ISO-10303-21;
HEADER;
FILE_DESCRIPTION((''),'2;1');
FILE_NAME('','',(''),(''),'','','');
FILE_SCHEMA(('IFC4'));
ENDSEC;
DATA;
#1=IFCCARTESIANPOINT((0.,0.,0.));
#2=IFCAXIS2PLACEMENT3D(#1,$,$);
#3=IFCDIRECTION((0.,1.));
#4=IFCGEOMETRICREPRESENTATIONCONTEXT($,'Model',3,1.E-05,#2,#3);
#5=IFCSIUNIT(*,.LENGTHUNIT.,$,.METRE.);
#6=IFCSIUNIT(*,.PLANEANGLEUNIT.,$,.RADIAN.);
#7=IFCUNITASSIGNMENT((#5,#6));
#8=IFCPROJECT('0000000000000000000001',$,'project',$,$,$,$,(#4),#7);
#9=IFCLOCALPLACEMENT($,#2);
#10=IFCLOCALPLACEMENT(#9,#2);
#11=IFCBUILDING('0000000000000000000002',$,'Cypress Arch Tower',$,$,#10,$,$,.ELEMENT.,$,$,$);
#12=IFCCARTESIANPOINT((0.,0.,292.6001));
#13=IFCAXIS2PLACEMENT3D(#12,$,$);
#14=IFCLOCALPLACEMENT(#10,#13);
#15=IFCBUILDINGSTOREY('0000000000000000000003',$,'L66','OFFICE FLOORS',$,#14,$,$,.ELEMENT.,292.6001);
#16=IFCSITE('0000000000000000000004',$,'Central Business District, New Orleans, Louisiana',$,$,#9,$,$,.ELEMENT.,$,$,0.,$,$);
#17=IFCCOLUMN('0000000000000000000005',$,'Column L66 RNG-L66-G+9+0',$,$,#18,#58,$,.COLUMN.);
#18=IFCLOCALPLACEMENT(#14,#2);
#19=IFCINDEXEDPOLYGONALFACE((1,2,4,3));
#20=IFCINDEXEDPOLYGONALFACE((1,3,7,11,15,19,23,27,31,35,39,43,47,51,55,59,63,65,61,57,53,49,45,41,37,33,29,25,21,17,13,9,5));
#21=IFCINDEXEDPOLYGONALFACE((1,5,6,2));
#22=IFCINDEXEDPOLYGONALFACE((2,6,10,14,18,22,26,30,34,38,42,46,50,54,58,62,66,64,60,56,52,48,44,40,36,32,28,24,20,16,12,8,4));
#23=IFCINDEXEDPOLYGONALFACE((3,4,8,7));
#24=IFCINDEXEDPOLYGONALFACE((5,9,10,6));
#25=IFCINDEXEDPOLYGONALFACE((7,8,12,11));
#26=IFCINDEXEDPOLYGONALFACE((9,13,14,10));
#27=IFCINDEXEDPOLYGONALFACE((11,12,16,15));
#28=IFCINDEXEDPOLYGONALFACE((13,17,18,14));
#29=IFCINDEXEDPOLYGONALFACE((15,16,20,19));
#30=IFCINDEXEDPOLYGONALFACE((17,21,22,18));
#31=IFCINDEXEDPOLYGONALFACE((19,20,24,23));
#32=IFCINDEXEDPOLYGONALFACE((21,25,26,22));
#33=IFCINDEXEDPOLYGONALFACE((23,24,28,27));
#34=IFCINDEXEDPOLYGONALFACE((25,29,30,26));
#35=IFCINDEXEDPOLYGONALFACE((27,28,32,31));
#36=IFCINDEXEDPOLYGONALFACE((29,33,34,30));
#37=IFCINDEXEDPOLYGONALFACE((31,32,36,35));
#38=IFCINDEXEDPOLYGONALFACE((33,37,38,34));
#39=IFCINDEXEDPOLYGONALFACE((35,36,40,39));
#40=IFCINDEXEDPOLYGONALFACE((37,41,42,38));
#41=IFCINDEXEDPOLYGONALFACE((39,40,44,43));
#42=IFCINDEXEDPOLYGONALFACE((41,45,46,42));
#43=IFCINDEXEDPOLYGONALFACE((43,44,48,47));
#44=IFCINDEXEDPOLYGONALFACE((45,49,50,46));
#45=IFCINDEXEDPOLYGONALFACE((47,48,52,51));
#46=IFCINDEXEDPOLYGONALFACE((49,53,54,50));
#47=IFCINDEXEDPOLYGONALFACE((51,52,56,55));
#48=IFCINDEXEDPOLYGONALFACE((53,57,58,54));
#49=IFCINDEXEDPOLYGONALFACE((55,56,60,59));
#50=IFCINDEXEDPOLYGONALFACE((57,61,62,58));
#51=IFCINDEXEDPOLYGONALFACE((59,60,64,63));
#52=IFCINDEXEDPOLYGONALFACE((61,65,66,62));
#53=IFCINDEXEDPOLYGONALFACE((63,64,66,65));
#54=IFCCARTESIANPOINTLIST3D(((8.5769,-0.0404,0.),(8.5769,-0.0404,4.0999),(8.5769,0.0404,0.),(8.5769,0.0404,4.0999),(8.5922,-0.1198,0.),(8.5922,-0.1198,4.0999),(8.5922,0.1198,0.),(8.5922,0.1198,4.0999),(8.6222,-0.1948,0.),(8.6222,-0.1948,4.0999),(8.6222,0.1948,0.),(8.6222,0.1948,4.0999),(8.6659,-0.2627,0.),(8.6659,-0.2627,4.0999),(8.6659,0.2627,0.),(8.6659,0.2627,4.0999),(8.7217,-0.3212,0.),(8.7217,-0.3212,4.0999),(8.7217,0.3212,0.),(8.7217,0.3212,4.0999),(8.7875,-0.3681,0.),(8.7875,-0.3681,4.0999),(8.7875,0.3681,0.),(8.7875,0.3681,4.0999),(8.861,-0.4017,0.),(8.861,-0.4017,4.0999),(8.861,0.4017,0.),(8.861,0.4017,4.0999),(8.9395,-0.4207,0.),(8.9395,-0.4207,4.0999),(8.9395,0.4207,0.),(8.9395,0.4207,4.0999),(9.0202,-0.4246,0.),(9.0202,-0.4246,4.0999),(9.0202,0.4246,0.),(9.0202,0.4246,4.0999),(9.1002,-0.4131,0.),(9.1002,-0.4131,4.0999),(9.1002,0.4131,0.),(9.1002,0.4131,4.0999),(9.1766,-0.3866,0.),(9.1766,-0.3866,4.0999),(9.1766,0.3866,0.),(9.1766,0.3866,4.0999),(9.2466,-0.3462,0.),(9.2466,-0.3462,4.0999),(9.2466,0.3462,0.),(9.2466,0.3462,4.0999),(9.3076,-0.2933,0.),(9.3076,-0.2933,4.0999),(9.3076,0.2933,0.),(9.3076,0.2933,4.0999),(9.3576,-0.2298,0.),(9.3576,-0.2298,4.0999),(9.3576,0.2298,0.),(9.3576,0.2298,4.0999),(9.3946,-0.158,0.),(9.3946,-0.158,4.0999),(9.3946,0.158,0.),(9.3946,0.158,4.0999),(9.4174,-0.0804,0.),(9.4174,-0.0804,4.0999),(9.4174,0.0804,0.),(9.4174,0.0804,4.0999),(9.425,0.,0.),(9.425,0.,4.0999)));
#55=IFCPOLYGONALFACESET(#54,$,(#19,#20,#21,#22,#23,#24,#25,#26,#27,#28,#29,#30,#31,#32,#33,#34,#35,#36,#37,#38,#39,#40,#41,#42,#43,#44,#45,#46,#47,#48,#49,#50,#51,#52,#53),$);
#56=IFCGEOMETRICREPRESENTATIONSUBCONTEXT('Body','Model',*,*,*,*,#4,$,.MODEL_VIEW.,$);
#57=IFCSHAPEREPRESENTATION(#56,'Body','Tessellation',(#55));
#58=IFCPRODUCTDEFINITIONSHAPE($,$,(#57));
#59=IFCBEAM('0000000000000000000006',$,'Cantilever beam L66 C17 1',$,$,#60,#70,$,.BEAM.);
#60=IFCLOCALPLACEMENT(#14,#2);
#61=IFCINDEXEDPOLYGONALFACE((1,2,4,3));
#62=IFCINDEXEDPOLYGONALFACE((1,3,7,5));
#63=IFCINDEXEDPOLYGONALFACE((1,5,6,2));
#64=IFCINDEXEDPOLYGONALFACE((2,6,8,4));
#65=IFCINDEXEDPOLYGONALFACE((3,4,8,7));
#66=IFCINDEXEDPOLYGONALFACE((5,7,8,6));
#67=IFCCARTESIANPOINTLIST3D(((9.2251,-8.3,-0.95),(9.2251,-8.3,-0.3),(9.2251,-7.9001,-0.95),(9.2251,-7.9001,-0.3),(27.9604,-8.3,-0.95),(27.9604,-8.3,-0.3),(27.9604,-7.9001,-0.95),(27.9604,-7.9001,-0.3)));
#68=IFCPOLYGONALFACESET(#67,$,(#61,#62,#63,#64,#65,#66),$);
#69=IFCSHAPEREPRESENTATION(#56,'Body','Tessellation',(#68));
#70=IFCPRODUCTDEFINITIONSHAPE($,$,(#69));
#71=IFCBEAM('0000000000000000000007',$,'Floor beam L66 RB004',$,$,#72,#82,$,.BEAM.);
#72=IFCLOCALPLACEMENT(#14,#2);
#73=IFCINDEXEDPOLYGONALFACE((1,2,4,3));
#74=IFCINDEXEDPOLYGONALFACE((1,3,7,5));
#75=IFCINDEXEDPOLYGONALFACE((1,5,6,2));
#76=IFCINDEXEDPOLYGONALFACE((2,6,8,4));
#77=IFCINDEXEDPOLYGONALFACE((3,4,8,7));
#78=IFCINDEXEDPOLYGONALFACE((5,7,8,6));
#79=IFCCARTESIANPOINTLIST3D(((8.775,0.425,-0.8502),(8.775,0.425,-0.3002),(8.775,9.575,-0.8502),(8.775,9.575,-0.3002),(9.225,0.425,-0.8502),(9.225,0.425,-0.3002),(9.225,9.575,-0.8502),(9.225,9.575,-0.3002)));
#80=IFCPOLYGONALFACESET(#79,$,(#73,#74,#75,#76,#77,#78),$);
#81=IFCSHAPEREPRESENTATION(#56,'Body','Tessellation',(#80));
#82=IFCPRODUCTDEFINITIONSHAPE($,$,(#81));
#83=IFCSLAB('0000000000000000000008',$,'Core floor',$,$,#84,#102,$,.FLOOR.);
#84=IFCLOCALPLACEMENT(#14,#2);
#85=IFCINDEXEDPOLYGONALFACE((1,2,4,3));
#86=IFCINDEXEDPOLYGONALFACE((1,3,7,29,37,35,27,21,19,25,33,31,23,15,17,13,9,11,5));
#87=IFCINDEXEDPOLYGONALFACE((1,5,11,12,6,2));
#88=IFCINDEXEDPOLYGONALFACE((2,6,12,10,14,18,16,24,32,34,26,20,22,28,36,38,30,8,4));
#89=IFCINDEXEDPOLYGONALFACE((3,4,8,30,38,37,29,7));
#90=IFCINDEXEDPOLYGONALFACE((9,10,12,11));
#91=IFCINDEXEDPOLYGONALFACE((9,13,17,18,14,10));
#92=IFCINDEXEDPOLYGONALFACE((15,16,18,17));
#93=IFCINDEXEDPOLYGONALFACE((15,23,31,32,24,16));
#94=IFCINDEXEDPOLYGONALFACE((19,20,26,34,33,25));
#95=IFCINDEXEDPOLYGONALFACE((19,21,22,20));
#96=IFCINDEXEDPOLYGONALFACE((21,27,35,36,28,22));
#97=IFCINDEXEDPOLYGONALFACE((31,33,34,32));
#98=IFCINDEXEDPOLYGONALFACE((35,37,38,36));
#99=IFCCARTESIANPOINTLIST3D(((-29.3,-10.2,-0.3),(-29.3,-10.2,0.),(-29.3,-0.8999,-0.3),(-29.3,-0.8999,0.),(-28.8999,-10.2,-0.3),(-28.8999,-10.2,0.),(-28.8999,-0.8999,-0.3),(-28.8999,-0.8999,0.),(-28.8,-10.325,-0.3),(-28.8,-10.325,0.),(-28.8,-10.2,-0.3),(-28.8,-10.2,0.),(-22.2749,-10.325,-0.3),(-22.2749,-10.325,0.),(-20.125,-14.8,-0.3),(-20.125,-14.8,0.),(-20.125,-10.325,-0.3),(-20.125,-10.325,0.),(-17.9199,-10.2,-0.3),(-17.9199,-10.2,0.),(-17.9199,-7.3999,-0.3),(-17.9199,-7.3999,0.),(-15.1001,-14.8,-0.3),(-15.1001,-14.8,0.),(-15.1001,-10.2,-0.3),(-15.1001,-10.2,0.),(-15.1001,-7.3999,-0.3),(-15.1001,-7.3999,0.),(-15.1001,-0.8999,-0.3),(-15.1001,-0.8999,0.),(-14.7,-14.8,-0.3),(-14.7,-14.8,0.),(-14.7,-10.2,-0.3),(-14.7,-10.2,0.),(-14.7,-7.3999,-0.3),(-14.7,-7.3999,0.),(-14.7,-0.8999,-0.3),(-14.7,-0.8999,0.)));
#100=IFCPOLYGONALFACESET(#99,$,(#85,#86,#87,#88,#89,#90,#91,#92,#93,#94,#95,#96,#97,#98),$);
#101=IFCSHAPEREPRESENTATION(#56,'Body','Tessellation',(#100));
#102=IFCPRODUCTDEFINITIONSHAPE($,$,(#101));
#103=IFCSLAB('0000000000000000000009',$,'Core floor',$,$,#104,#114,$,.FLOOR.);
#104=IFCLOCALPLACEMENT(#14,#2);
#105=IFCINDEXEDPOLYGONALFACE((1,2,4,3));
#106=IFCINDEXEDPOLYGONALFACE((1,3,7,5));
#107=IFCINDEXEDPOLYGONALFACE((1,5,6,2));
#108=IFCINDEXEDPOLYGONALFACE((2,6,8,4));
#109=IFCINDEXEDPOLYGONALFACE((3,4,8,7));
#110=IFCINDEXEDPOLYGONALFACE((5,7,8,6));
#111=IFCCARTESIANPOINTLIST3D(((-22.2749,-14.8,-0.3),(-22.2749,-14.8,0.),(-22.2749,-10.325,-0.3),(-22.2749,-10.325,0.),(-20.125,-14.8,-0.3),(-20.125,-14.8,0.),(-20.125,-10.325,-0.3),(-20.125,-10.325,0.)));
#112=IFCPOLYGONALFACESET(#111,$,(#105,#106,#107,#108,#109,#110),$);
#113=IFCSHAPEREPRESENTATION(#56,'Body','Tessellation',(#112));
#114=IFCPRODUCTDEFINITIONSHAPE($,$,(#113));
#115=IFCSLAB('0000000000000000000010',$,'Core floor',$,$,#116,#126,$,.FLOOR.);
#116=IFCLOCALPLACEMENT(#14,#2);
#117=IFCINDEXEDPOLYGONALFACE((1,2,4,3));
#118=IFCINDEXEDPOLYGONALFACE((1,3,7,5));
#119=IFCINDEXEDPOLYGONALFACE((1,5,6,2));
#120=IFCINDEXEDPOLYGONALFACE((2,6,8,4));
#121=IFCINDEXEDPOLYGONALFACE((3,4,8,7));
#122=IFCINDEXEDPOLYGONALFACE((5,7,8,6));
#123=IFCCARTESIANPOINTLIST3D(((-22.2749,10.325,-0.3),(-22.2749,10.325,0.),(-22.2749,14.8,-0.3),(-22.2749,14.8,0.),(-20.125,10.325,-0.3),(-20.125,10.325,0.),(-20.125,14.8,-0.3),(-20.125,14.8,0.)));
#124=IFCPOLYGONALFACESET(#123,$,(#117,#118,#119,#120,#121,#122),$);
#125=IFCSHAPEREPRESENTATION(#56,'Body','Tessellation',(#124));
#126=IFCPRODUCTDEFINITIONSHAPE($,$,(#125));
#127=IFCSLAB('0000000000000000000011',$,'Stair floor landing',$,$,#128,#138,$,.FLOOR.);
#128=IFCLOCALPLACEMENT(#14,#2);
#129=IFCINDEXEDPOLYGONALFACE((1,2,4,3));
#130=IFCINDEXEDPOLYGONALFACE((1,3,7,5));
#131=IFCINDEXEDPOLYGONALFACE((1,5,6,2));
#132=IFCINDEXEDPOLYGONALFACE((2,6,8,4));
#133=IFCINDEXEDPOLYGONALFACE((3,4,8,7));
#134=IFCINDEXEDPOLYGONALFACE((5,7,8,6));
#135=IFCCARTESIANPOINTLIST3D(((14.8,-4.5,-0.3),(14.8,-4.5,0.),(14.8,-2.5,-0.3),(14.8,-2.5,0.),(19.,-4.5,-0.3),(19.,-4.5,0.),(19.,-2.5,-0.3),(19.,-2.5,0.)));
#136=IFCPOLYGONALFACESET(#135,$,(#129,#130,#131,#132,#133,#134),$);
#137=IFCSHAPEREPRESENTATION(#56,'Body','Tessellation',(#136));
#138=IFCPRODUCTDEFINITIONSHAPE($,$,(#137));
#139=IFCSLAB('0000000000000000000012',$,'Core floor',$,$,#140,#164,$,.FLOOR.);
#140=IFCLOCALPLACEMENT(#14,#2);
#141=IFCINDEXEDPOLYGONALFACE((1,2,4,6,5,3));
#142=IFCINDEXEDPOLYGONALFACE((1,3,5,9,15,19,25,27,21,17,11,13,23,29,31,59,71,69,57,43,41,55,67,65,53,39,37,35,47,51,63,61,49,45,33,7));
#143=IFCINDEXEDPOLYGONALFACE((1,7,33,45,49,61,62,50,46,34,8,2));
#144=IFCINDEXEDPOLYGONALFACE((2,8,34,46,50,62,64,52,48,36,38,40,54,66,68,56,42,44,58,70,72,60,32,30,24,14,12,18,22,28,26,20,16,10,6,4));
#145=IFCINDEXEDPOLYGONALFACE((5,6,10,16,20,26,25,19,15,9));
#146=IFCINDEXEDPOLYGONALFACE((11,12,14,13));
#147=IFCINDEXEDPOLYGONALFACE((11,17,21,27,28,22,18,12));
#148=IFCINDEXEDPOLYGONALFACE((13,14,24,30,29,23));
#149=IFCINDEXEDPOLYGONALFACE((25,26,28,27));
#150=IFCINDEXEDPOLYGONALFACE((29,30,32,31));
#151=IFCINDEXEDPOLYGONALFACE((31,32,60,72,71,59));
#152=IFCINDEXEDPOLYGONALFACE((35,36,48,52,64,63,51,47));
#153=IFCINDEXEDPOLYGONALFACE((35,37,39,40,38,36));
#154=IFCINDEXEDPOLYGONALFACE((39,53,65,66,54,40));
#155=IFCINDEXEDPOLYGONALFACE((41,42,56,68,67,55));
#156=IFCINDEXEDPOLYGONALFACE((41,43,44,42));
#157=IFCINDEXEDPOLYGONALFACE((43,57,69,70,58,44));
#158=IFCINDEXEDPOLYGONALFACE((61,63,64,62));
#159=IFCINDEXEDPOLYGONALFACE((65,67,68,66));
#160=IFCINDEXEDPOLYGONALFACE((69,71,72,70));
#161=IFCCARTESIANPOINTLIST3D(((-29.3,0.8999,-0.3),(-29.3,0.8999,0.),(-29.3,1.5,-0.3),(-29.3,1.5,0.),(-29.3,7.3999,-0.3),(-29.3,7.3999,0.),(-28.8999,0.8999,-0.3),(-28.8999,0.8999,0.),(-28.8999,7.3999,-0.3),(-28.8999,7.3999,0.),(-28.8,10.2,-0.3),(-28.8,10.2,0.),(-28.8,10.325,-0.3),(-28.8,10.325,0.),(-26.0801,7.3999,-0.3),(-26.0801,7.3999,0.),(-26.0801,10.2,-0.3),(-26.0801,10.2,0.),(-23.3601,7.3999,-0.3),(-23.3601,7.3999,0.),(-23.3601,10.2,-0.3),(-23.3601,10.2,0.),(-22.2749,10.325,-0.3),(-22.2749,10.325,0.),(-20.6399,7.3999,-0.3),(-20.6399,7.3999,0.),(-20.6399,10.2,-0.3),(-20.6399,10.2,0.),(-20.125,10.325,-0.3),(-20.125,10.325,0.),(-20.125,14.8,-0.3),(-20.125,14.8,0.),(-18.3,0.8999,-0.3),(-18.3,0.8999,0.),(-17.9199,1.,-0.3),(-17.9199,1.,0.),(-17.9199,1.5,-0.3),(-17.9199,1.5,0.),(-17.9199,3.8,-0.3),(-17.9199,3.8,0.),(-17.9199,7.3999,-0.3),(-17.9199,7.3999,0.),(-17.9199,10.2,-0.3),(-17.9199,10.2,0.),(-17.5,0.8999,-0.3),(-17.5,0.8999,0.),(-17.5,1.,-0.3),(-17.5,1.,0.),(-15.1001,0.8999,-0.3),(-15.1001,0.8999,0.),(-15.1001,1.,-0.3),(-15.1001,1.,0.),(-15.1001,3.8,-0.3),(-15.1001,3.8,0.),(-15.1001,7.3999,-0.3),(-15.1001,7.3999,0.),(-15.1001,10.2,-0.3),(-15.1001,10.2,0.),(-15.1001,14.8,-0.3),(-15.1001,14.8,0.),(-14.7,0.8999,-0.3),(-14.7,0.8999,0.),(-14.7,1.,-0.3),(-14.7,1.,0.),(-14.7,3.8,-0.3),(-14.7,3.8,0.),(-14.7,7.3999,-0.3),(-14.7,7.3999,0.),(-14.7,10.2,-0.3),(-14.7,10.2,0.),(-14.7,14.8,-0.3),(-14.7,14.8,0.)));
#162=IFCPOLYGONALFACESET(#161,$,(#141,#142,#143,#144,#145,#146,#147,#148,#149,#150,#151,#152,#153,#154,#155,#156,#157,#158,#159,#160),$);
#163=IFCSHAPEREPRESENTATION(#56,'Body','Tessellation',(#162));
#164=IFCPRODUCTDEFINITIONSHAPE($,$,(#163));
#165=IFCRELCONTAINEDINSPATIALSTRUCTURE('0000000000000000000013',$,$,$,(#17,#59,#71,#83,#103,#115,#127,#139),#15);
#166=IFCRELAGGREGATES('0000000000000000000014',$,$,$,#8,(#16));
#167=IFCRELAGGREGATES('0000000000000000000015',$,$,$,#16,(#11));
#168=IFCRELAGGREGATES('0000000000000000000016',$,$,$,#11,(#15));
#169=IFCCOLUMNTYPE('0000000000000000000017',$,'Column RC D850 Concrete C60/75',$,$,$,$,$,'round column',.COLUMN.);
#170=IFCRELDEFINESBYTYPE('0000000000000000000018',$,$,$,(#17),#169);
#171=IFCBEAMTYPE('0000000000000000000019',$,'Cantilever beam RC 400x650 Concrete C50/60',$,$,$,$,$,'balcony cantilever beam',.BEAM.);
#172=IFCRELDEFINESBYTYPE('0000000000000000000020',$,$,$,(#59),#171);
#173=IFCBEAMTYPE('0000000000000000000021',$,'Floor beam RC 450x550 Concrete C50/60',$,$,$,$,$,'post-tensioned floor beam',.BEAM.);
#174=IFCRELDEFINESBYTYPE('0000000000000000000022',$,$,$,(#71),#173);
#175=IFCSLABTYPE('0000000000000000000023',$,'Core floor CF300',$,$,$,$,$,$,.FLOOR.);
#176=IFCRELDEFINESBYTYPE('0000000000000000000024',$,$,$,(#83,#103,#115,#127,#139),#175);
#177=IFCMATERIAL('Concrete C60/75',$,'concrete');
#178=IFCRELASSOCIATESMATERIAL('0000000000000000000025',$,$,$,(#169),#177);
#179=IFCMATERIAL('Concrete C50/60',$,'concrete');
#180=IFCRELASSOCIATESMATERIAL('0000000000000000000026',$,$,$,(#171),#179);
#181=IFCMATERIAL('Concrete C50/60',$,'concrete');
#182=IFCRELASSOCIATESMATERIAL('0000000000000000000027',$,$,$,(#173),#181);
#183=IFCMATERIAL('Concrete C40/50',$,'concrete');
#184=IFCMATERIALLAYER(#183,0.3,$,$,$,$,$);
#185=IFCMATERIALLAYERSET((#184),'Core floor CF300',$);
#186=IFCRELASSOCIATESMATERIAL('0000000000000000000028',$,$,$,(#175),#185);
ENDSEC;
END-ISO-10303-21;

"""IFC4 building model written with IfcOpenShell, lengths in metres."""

from ifc_helpers import new_model, si_unit, direction, frame, origin, origin_2d, place, context, subcontext, project, spatial, polyline, rectangle, circle, outline, extrude, material, layer, layer_set, material_profile, profile_set, type_object, element, save


model = new_model("IFC4")

# Units and contexts
model_context = context("Model", 3, precision=1e-05, world=origin(), true_north=direction((0.0, 1.0)))
body_context = subcontext(model_context, "Body", "Model", "MODEL_VIEW")
ifc_project = project(units=[si_unit("LENGTHUNIT", "METRE"), si_unit("PLANEANGLEUNIT", "RADIAN")], contexts=[model_context])

# Site, building, storey
site_placement = place(None, origin())
site = spatial("IfcSite", under=ifc_project, at=site_placement, Name="Central Business District, New Orleans, Louisiana", CompositionType="ELEMENT", RefElevation=0.0)
building_placement = place(site_placement, origin())
building = spatial("IfcBuilding", under=site, at=building_placement, Name="Cypress Arch Tower", CompositionType="ELEMENT")
storey_placement = place(building_placement, frame((0.0, 0.0, 292.6001)))
storey = spatial("IfcBuildingStorey", under=building, at=storey_placement, Name="L66", Description="OFFICE FLOORS", CompositionType="ELEMENT", Elevation=292.6001)

# Column
ifc_material_1 = material(Name="Concrete C60/75", Category="concrete")
ifc_material_profile_1 = material_profile(ifc_material_1, circle(Radius=0.425, at=origin_2d()), Name="RC D850")
ifc_profile_set_1 = profile_set([ifc_material_profile_1], Name="Concrete C60/75")
column_type = type_object("IfcColumnType", Name="Column RC D850 Concrete C60/75", ElementType="round column", PredefinedType="COLUMN", material=ifc_profile_set_1)
column_placement = place(storey_placement, frame((9.0, 0.0, 0.0), z_axis=(0.0, 0.0, 1.0), x_axis=(1.0, 0.0, 0.0)))
element("IfcColumn", 1, at=column_placement, inside=storey, type_object=column_type, Name="Column L66 RNG-L66-G+9+0", PredefinedType="COLUMN", context=body_context, shape_type="SweptSolid", body=[
    extrude(circle(Radius=0.425, at=origin_2d()), origin(), (0.0, 0.0, 1.0), 4.0999),
])

# Beams
ifc_material_2 = material(Name="Concrete C50/60", Category="concrete")
ifc_material_profile_2 = material_profile(ifc_material_2, rectangle(XDim=0.3999, YDim=0.6499, at=origin_2d()), Name="RC 400x650")
ifc_profile_set_2 = profile_set([ifc_material_profile_2], Name="Concrete C50/60")
beam_type_1 = type_object("IfcBeamType", Name="Cantilever beam RC 400x650 Concrete C50/60", ElementType="balcony cantilever beam", PredefinedType="BEAM", material=ifc_profile_set_2)
beam_1_placement = place(storey_placement, frame((9.2251, -8.1001, -0.625), z_axis=(1.0, 0.0, 0.0), x_axis=(0.0, 1.0, 0.0)))
element("IfcBeam", 2, at=beam_1_placement, inside=storey, type_object=beam_type_1, Name="Cantilever beam L66 C17 1", PredefinedType="BEAM", context=body_context, shape_type="SweptSolid", body=[
    extrude(rectangle(XDim=0.3999, YDim=0.6499, at=origin_2d()), origin(), (0.0, 0.0, 1.0), 18.7354),
])
ifc_material_3 = material(Name="Concrete C50/60", Category="concrete")
ifc_material_profile_3 = material_profile(ifc_material_3, rectangle(XDim=0.45, YDim=0.55, at=origin_2d()), Name="RC 450x550")
ifc_profile_set_3 = profile_set([ifc_material_profile_3], Name="Concrete C50/60")
beam_type_2 = type_object("IfcBeamType", Name="Floor beam RC 450x550 Concrete C50/60", ElementType="post-tensioned floor beam", PredefinedType="BEAM", material=ifc_profile_set_3)
beam_2_placement = place(storey_placement, frame((9.0, 0.425, -0.5752), z_axis=(0.0, 1.0, 0.0), x_axis=(-1.0, 0.0, 0.0)))
element("IfcBeam", 3, at=beam_2_placement, inside=storey, type_object=beam_type_2, Name="Floor beam L66 RB004", PredefinedType="BEAM", context=body_context, shape_type="SweptSolid", body=[
    extrude(rectangle(XDim=0.45, YDim=0.55, at=origin_2d()), origin(), (0.0, 0.0, 1.0), 9.1499),
])

# Slabs
ifc_material_4 = material(Name="Concrete C40/50", Category="concrete")
ifc_layer_1 = layer(ifc_material_4, 0.3)
ifc_layer_set_1 = layer_set([ifc_layer_1], Name="Core floor CF300")
slab_type_1 = type_object("IfcSlabType", Name="Core floor CF300", PredefinedType="FLOOR", material=ifc_layer_set_1)
slab_1_placement = place(storey_placement, frame((0.0, 0.0, -0.3)))
element("IfcSlab", 4, at=slab_1_placement, inside=storey, type_object=slab_type_1, Name="Core floor", PredefinedType="FLOOR", context=body_context, shape_type="SweptSolid", body=[
    extrude(outline(polyline([(-28.8999, -10.2), (-29.3, -10.2), (-29.3, -0.8999), (-28.8999, -0.8999), (-15.1001, -0.8999), (-14.7, -0.8999), (-14.7, -7.3999), (-15.1001, -7.3999), (-17.9199, -7.3999), (-17.9199, -10.2), (-15.1001, -10.2), (-14.7, -10.2), (-14.7, -14.8), (-15.1001, -14.8), (-20.125, -14.8), (-20.125, -10.325), (-22.2749, -10.325), (-28.8, -10.325), (-28.8, -10.2), (-28.8999, -10.2)])), origin(), (0.0, 0.0, 1.0), 0.3),
])
slab_2_placement = place(storey_placement, frame((0.0, 0.0, -0.3)))
element("IfcSlab", 5, at=slab_2_placement, inside=storey, type_object=slab_type_1, Name="Core floor", PredefinedType="FLOOR", context=body_context, shape_type="SweptSolid", body=[
    extrude(outline(polyline([(-22.2749, -10.325), (-22.2749, -14.8), (-20.125, -14.8), (-20.125, -10.325), (-22.2749, -10.325)])), origin(), (0.0, 0.0, 1.0), 0.3),
])
slab_3_placement = place(storey_placement, frame((0.0, 0.0, -0.3)))
element("IfcSlab", 6, at=slab_3_placement, inside=storey, type_object=slab_type_1, Name="Core floor", PredefinedType="FLOOR", context=body_context, shape_type="SweptSolid", body=[
    extrude(outline(polyline([(-20.125, 14.8), (-22.2749, 14.8), (-22.2749, 10.325), (-20.125, 10.325), (-20.125, 14.8)])), origin(), (0.0, 0.0, 1.0), 0.3),
])
slab_4_placement = place(storey_placement, frame((0.0, 0.0, -0.3)))
element("IfcSlab", 7, at=slab_4_placement, inside=storey, type_object=slab_type_1, Name="Stair floor landing", PredefinedType="FLOOR", context=body_context, shape_type="SweptSolid", body=[
    extrude(outline(polyline([(19.0, -4.5), (19.0, -2.5), (14.8, -2.5), (14.8, -4.5), (19.0, -4.5)])), origin(), (0.0, 0.0, 1.0), 0.3),
])
slab_5_placement = place(storey_placement, frame((0.0, 0.0, -0.3)))
element("IfcSlab", 8, at=slab_5_placement, inside=storey, type_object=slab_type_1, Name="Core floor", PredefinedType="FLOOR", context=body_context, shape_type="SweptSolid", body=[
    extrude(outline(polyline([(-20.6399, 10.2), (-23.3601, 10.2), (-26.0801, 10.2), (-28.8, 10.2), (-28.8, 10.325), (-22.2749, 10.325), (-20.125, 10.325), (-20.125, 14.8), (-15.1001, 14.8), (-14.7, 14.8), (-14.7, 10.2), (-15.1001, 10.2), (-17.9199, 10.2), (-17.9199, 7.3999), (-15.1001, 7.3999), (-14.7, 7.3999), (-14.7, 3.8), (-15.1001, 3.8), (-17.9199, 3.8), (-17.9199, 1.5), (-17.9199, 1.0), (-17.5, 1.0), (-15.1001, 1.0), (-14.7, 1.0), (-14.7, 0.8999), (-15.1001, 0.8999), (-17.5, 0.8999), (-18.3, 0.8999), (-28.8999, 0.8999), (-29.3, 0.8999), (-29.3, 1.5), (-29.3, 7.3999), (-28.8999, 7.3999), (-26.0801, 7.3999), (-23.3601, 7.3999), (-20.6399, 7.3999), (-20.6399, 10.2)])), origin(), (0.0, 0.0, 1.0), 0.3),
])

save(model, "model.ifc")
